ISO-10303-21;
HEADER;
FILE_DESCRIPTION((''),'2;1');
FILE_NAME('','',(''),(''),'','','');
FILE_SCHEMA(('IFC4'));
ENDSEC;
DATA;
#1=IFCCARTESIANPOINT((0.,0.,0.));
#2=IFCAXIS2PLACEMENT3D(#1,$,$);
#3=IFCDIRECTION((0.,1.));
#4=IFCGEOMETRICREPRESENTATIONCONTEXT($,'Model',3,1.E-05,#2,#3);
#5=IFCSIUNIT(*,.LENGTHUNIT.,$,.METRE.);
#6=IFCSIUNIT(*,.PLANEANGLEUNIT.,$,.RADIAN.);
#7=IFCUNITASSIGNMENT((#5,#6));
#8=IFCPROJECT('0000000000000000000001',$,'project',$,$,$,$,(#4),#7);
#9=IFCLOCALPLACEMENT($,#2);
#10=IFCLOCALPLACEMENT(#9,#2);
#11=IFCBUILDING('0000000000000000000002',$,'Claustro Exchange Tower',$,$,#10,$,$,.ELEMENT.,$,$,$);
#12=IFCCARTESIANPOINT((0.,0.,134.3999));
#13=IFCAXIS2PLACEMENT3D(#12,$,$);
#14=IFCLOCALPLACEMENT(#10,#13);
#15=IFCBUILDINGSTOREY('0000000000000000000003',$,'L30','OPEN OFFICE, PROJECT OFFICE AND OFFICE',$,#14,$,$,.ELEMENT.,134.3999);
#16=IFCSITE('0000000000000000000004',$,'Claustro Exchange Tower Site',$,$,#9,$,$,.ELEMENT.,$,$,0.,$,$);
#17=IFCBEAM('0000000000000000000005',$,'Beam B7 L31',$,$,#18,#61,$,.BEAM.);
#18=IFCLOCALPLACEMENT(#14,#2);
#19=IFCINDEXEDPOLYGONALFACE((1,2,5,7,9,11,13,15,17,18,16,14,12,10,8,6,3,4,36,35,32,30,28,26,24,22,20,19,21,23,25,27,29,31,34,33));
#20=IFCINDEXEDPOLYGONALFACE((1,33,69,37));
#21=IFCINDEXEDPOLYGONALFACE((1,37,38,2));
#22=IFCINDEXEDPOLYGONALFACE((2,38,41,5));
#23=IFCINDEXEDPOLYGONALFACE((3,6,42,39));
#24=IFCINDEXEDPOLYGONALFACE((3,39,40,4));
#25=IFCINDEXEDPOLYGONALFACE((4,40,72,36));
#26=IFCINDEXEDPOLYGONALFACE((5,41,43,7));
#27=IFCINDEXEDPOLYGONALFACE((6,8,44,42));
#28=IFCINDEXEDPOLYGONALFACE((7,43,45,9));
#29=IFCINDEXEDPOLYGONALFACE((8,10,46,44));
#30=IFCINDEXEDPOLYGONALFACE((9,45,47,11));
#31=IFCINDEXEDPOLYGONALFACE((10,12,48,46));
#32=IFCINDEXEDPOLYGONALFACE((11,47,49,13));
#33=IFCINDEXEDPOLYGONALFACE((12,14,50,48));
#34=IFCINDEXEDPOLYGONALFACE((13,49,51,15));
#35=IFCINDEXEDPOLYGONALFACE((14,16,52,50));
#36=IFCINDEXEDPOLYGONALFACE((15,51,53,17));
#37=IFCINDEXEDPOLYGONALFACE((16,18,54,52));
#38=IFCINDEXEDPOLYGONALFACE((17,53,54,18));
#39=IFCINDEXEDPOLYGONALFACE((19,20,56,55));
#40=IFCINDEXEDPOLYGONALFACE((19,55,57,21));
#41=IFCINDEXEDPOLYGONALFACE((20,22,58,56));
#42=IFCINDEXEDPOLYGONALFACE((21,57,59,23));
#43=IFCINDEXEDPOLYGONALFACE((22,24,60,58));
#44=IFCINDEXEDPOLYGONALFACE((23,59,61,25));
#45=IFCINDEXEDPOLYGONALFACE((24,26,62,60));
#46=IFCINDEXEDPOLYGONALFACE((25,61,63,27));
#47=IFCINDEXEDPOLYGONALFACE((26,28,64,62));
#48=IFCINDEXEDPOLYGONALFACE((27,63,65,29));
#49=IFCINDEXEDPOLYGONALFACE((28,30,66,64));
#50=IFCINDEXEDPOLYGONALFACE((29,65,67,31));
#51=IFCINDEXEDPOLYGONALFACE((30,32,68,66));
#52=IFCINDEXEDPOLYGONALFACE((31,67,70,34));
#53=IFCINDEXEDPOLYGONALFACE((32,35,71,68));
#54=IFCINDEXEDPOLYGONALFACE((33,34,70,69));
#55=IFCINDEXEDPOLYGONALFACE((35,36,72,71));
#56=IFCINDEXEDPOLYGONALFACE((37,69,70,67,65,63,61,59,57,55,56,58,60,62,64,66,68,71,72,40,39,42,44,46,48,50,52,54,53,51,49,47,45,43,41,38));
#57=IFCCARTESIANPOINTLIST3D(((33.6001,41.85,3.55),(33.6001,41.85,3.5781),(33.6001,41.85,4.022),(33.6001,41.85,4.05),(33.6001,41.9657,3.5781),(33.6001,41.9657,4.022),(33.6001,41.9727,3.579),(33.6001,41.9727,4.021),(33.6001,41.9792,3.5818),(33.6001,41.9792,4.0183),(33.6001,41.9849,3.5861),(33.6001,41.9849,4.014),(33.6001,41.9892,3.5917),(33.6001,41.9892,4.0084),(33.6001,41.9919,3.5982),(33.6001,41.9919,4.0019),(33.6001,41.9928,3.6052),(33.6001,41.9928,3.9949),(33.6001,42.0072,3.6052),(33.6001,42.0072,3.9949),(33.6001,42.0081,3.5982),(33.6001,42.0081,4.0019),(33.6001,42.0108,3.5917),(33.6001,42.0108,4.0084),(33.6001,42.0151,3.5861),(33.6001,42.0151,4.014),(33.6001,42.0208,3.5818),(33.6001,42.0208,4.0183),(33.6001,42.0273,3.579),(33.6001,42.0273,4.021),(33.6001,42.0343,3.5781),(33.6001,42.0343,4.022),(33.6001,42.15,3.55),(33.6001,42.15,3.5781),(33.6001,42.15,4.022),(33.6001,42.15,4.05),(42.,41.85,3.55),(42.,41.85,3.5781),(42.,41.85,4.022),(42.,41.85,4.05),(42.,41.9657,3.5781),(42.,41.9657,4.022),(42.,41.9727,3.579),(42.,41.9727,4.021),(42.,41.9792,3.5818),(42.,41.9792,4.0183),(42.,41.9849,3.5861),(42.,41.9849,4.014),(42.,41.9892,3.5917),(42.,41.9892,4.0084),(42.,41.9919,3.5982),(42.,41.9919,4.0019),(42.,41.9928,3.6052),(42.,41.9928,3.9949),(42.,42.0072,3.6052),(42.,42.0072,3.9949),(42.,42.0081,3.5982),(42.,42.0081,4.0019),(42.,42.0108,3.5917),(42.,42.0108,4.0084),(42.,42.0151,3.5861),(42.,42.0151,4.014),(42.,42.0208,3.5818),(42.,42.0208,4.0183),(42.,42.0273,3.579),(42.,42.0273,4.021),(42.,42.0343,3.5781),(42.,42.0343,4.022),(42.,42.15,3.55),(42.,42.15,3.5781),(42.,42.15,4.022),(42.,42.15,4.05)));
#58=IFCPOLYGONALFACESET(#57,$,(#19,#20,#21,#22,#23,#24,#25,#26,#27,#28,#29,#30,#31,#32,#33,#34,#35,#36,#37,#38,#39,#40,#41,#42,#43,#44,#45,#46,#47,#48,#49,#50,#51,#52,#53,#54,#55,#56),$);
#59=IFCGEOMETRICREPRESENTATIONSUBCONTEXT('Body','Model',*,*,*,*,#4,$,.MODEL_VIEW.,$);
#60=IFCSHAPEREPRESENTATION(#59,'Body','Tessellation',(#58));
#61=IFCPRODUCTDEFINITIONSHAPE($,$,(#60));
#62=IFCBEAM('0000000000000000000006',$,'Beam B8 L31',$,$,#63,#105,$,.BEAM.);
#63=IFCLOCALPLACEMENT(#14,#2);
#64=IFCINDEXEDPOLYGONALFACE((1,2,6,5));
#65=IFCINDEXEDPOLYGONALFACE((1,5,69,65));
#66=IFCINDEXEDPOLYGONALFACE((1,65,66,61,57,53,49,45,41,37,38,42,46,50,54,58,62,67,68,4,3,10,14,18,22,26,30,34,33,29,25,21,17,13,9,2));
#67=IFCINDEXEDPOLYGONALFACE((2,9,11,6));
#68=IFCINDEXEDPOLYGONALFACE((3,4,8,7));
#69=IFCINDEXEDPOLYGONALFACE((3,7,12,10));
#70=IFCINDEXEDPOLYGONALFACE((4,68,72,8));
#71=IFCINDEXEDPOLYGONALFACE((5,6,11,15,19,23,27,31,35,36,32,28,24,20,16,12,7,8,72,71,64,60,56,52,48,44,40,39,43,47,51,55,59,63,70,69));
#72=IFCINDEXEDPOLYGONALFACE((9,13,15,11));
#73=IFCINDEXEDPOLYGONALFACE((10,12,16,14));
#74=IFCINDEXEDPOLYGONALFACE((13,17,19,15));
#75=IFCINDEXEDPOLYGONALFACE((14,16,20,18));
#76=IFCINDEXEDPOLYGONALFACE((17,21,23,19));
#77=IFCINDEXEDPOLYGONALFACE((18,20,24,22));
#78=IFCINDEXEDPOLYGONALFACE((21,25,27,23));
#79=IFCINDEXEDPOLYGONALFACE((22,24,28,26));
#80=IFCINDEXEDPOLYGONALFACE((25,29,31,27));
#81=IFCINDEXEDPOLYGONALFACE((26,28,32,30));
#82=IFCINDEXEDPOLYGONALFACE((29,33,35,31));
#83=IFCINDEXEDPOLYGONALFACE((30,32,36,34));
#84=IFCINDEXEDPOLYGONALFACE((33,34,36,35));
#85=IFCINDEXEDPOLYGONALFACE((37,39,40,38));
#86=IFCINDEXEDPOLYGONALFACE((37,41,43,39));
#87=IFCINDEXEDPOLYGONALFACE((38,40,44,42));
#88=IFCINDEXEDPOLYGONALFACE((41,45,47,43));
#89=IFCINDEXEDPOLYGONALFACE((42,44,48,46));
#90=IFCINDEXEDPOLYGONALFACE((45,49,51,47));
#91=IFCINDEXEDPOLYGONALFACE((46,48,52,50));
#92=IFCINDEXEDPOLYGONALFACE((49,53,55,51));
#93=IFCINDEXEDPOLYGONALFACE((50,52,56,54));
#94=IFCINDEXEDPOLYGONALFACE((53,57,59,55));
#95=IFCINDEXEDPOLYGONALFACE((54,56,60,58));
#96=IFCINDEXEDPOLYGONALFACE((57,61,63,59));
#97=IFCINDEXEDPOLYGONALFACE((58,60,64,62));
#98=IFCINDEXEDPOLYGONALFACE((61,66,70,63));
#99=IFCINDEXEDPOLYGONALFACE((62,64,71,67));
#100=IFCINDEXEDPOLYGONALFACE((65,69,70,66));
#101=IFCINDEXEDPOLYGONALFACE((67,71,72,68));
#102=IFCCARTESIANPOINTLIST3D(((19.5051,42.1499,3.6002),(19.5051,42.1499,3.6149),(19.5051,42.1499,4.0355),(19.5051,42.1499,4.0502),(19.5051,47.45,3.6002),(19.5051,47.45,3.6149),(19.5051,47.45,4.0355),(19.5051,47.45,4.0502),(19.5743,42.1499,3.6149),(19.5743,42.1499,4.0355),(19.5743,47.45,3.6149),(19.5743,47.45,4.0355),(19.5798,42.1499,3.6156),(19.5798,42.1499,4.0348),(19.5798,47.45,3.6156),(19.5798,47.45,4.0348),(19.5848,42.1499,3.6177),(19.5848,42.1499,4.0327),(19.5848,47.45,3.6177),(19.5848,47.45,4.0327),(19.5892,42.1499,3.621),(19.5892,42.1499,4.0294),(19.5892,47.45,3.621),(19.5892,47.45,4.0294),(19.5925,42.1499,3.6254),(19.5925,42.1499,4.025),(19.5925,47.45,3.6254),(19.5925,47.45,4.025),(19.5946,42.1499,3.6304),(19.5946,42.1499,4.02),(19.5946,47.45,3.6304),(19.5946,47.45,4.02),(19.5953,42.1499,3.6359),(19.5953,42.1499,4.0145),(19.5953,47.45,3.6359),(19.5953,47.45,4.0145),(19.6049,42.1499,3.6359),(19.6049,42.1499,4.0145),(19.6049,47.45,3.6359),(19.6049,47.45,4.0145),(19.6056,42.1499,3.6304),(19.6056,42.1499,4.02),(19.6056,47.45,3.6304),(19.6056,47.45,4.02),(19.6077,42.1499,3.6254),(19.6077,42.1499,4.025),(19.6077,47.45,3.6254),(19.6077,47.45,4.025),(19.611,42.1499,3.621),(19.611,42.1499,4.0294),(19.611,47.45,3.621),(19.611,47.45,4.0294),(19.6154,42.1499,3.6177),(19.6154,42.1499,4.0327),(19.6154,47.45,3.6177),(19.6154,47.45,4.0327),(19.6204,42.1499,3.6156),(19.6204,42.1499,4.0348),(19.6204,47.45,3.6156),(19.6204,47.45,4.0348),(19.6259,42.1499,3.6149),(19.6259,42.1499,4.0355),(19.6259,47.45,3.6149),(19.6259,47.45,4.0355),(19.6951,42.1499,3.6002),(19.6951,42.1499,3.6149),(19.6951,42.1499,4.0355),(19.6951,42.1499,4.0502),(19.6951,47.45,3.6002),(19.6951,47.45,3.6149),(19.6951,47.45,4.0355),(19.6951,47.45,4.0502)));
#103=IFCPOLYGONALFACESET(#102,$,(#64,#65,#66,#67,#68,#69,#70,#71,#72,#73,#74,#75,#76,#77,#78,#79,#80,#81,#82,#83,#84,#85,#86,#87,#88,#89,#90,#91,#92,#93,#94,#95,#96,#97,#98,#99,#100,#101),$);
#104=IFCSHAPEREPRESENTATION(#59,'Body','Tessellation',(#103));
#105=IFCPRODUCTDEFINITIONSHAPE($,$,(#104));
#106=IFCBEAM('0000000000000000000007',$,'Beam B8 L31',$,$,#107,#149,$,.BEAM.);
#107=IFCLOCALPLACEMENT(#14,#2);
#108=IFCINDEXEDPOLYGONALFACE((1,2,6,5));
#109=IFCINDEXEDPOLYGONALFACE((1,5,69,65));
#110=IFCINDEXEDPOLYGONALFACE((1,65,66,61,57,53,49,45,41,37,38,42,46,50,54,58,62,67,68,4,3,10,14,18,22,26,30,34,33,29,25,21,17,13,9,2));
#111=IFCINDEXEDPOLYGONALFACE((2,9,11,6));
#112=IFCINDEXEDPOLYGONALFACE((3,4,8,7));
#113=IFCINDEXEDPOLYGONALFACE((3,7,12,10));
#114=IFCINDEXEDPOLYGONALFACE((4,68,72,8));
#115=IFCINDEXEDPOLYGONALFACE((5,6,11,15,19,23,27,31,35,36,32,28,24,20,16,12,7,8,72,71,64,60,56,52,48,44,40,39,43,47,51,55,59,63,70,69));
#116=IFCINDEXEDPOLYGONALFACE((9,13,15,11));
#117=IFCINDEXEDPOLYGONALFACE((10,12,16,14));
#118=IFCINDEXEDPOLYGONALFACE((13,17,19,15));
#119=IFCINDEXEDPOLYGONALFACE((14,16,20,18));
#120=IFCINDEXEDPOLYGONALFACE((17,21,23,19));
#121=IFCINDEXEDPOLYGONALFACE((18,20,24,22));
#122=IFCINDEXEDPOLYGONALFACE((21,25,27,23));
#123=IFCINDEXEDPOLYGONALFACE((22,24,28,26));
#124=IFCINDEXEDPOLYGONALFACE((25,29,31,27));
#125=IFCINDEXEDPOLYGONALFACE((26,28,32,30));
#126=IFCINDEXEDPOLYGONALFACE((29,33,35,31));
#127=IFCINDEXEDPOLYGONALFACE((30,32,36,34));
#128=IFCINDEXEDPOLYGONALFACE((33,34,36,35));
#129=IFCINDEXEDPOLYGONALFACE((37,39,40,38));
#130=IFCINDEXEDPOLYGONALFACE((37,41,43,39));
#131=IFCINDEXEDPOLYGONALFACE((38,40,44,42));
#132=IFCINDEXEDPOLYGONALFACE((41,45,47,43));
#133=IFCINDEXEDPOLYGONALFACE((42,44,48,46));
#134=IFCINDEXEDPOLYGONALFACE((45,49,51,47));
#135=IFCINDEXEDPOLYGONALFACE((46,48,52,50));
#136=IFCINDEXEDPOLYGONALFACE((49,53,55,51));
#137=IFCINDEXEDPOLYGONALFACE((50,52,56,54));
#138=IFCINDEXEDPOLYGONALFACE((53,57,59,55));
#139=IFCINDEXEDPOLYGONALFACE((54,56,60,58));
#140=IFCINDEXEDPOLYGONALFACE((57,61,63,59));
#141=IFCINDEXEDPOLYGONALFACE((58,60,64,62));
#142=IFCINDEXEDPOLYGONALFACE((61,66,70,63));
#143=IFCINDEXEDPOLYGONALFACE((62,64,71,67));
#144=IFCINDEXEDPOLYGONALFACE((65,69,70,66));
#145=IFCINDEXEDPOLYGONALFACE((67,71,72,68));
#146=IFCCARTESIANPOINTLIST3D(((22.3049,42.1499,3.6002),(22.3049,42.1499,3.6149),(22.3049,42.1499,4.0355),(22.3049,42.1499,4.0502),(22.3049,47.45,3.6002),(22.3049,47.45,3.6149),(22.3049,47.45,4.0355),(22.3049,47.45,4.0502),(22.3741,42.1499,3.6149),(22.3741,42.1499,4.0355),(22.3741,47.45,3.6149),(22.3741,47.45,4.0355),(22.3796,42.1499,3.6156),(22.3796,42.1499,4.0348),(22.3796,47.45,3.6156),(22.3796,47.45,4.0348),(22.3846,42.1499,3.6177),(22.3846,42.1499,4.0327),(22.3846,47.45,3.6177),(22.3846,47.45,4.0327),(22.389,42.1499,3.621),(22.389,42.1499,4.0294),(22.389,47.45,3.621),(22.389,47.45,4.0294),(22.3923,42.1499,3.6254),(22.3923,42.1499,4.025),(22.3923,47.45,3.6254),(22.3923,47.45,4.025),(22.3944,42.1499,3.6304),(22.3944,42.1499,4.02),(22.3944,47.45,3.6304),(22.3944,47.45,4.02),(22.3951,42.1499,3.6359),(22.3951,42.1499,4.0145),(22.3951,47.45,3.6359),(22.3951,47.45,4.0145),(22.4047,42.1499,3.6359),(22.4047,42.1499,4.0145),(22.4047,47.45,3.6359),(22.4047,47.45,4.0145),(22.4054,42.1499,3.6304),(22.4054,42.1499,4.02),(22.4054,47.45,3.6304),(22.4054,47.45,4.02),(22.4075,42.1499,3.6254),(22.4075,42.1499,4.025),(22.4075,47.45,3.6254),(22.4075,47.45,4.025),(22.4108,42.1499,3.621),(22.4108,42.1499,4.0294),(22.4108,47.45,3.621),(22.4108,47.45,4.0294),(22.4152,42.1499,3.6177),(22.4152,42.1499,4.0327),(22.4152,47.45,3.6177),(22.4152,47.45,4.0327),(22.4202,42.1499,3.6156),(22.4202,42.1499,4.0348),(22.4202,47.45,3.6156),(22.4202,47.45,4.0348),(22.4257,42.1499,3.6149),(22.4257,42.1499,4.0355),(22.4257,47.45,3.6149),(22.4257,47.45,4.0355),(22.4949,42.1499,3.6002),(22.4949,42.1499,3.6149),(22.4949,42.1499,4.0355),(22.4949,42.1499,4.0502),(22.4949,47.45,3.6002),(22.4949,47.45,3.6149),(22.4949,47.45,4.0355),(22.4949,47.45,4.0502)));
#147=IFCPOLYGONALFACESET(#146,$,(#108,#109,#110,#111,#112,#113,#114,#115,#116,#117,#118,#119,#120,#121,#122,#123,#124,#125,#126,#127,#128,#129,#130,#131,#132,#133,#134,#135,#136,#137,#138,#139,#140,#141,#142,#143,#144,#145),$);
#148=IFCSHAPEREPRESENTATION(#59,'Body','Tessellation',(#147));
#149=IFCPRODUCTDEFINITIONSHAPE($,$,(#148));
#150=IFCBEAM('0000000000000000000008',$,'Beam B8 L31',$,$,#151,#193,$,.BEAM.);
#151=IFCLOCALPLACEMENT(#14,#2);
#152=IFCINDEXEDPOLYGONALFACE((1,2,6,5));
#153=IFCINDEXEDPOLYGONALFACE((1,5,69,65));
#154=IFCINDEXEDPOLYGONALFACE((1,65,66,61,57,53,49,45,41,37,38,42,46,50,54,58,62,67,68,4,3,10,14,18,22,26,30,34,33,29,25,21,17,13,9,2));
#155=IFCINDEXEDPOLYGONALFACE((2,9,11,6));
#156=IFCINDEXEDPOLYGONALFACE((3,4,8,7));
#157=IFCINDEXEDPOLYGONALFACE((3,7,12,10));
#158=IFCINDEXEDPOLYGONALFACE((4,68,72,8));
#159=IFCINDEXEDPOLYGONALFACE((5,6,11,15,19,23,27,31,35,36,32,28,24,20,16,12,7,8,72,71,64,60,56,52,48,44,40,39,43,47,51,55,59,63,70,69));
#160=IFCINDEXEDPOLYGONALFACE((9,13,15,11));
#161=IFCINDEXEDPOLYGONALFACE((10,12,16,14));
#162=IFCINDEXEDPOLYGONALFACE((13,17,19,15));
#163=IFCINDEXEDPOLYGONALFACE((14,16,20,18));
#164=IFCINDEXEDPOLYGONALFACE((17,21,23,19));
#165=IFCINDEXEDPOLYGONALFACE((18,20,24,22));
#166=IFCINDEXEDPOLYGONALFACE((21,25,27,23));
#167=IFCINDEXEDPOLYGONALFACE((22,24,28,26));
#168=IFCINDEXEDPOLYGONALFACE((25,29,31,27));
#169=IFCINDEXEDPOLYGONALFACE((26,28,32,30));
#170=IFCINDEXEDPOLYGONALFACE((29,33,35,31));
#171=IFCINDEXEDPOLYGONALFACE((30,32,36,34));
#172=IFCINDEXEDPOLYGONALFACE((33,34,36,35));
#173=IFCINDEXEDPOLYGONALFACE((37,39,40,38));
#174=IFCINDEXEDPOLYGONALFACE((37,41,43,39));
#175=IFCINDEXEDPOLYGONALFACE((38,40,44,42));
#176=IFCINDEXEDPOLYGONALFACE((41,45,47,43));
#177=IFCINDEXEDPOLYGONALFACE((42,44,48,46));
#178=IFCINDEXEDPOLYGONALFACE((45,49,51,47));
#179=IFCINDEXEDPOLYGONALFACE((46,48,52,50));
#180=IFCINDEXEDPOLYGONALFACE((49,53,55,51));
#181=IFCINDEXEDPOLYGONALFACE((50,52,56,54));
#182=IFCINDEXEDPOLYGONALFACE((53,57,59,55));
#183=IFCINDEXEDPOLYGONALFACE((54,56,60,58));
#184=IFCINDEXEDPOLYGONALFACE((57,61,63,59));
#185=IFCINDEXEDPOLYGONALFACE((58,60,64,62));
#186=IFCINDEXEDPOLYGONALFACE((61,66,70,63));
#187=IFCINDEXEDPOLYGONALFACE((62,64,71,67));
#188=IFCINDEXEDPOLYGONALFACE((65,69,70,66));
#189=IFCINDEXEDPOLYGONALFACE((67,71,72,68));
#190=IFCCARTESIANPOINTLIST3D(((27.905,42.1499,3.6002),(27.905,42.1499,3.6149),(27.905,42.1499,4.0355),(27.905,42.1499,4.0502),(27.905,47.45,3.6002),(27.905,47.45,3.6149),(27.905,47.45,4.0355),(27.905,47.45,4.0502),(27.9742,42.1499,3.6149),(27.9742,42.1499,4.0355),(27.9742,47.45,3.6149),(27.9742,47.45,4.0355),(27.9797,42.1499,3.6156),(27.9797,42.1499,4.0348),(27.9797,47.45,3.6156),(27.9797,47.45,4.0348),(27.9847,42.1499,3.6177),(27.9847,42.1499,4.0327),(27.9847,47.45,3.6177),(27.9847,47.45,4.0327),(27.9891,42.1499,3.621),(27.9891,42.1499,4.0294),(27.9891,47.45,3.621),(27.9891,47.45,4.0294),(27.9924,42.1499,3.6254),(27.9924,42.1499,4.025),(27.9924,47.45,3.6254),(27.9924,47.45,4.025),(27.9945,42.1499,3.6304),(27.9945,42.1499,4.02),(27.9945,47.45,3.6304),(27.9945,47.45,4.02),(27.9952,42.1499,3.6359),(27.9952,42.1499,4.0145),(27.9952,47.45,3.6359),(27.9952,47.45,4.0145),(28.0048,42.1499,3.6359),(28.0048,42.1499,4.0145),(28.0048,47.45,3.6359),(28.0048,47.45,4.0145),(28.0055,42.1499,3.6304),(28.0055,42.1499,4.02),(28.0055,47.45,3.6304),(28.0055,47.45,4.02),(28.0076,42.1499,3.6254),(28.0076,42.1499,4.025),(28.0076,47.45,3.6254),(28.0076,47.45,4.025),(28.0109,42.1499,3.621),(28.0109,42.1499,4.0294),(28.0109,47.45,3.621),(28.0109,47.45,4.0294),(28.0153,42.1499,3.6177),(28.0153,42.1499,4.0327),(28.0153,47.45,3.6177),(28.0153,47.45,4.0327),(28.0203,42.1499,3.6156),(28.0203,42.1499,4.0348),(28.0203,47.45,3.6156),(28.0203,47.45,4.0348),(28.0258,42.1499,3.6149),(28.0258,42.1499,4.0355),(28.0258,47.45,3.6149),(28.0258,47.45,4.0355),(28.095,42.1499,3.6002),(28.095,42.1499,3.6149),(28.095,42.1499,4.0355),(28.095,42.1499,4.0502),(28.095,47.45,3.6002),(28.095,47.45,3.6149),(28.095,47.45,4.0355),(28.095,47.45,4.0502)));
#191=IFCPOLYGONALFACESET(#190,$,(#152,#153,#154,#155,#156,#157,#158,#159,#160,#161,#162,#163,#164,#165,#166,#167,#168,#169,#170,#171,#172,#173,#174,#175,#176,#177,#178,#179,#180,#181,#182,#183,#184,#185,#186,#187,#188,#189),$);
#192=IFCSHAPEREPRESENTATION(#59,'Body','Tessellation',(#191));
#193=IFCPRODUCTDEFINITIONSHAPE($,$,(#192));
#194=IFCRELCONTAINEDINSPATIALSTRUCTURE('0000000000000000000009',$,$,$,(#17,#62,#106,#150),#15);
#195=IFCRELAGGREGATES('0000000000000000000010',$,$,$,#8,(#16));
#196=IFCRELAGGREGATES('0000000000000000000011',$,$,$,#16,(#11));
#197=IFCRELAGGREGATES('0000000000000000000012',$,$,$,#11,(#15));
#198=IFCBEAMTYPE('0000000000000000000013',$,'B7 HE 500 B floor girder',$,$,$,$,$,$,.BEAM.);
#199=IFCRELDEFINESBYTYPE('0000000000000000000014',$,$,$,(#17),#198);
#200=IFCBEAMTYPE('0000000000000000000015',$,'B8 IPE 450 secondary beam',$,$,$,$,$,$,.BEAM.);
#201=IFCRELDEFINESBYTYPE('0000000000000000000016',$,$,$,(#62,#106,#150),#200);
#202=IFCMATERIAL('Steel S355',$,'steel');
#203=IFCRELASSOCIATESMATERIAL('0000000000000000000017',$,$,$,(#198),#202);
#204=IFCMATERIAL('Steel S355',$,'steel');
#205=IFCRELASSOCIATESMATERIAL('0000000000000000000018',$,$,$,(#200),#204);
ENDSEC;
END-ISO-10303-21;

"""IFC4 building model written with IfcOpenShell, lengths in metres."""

from ifc_helpers import new_model, si_unit, direction, frame, origin, origin_2d, place, context, subcontext, project, spatial, i_section, extrude, material, material_profile, profile_set, type_object, element, save


model = new_model("IFC4")

# Units and contexts
model_context = context("Model", 3, precision=1e-05, world=origin(), true_north=direction((0.0, 1.0)))
body_context = subcontext(model_context, "Body", "Model", "MODEL_VIEW")
ifc_project = project(units=[si_unit("LENGTHUNIT", "METRE"), si_unit("PLANEANGLEUNIT", "RADIAN")], contexts=[model_context])

# Site, building, storey
site_placement = place(None, origin())
site = spatial("IfcSite", under=ifc_project, at=site_placement, Name="Claustro Exchange Tower Site", CompositionType="ELEMENT", RefElevation=0.0)
building_placement = place(site_placement, origin())
building = spatial("IfcBuilding", under=site, at=building_placement, Name="Claustro Exchange Tower", CompositionType="ELEMENT")
storey_placement = place(building_placement, frame((0.0, 0.0, 134.3999)))
storey = spatial("IfcBuildingStorey", under=building, at=storey_placement, Name="L30", Description="OPEN OFFICE, PROJECT OFFICE AND OFFICE", CompositionType="ELEMENT", Elevation=134.3999)

# Beams
ifc_material_1 = material(Name="Steel S355", Category="steel")
ifc_material_profile_1 = material_profile(ifc_material_1, i_section(OverallWidth=0.3, OverallDepth=0.5, WebThickness=0.0144, FlangeThickness=0.0281, FilletRadius=0.0271, at=origin_2d()), Name="HE 500 B")
ifc_profile_set_1 = profile_set([ifc_material_profile_1], Name="Steel S355")
beam_type_1 = type_object("IfcBeamType", Name="B7 HE 500 B floor girder", PredefinedType="BEAM", material=ifc_profile_set_1)
beam_1_placement = place(storey_placement, frame((33.6001, 42.0, 3.8), z_axis=(1.0, 0.0, 0.0), x_axis=(0.0, 1.0, 0.0)))
element("IfcBeam", 1, at=beam_1_placement, inside=storey, type_object=beam_type_1, Name="Beam B7 L31", PredefinedType="BEAM", context=body_context, shape_type="SweptSolid", body=[
    extrude(i_section(OverallWidth=0.3, OverallDepth=0.5, WebThickness=0.0144, FlangeThickness=0.0281, FilletRadius=0.0271, at=origin_2d()), origin(), (0.0, 0.0, 1.0), 8.3999),
])
ifc_material_2 = material(Name="Steel S355", Category="steel")
ifc_material_profile_2 = material_profile(ifc_material_2, i_section(OverallWidth=0.1899, OverallDepth=0.45, WebThickness=0.0095, FlangeThickness=0.0146, FilletRadius=0.021, at=origin_2d()), Name="IPE 450")
ifc_profile_set_2 = profile_set([ifc_material_profile_2], Name="Steel S355")
beam_type_2 = type_object("IfcBeamType", Name="B8 IPE 450 secondary beam", PredefinedType="BEAM", material=ifc_profile_set_2)
for number, where, z_axis, x_axis, name in (
    (2, (19.6001, 42.1499, 3.8252), (0.0, 1.0, 0.0), (-1.0, 0.0, 0.0), "Beam B8 L31"),
    (3, (22.3999, 42.1499, 3.8252), (0.0, 1.0, 0.0), (-1.0, 0.0, 0.0), "Beam B8 L31"),
    (4, (28.0, 42.1499, 3.8252), (0.0, 1.0, 0.0), (-1.0, 0.0, 0.0), "Beam B8 L31"),
):
    element("IfcBeam", number, at=place(storey_placement, frame(where, z_axis=z_axis, x_axis=x_axis)), inside=storey, type_object=beam_type_2, Name=name, PredefinedType="BEAM", context=body_context, shape_type="SweptSolid", body=[
        extrude(i_section(OverallWidth=0.1899, OverallDepth=0.45, WebThickness=0.0095, FlangeThickness=0.0146, FilletRadius=0.021, at=origin_2d()), origin(), (0.0, 0.0, 1.0), 5.3),
    ])

save(model, "model.ifc")
